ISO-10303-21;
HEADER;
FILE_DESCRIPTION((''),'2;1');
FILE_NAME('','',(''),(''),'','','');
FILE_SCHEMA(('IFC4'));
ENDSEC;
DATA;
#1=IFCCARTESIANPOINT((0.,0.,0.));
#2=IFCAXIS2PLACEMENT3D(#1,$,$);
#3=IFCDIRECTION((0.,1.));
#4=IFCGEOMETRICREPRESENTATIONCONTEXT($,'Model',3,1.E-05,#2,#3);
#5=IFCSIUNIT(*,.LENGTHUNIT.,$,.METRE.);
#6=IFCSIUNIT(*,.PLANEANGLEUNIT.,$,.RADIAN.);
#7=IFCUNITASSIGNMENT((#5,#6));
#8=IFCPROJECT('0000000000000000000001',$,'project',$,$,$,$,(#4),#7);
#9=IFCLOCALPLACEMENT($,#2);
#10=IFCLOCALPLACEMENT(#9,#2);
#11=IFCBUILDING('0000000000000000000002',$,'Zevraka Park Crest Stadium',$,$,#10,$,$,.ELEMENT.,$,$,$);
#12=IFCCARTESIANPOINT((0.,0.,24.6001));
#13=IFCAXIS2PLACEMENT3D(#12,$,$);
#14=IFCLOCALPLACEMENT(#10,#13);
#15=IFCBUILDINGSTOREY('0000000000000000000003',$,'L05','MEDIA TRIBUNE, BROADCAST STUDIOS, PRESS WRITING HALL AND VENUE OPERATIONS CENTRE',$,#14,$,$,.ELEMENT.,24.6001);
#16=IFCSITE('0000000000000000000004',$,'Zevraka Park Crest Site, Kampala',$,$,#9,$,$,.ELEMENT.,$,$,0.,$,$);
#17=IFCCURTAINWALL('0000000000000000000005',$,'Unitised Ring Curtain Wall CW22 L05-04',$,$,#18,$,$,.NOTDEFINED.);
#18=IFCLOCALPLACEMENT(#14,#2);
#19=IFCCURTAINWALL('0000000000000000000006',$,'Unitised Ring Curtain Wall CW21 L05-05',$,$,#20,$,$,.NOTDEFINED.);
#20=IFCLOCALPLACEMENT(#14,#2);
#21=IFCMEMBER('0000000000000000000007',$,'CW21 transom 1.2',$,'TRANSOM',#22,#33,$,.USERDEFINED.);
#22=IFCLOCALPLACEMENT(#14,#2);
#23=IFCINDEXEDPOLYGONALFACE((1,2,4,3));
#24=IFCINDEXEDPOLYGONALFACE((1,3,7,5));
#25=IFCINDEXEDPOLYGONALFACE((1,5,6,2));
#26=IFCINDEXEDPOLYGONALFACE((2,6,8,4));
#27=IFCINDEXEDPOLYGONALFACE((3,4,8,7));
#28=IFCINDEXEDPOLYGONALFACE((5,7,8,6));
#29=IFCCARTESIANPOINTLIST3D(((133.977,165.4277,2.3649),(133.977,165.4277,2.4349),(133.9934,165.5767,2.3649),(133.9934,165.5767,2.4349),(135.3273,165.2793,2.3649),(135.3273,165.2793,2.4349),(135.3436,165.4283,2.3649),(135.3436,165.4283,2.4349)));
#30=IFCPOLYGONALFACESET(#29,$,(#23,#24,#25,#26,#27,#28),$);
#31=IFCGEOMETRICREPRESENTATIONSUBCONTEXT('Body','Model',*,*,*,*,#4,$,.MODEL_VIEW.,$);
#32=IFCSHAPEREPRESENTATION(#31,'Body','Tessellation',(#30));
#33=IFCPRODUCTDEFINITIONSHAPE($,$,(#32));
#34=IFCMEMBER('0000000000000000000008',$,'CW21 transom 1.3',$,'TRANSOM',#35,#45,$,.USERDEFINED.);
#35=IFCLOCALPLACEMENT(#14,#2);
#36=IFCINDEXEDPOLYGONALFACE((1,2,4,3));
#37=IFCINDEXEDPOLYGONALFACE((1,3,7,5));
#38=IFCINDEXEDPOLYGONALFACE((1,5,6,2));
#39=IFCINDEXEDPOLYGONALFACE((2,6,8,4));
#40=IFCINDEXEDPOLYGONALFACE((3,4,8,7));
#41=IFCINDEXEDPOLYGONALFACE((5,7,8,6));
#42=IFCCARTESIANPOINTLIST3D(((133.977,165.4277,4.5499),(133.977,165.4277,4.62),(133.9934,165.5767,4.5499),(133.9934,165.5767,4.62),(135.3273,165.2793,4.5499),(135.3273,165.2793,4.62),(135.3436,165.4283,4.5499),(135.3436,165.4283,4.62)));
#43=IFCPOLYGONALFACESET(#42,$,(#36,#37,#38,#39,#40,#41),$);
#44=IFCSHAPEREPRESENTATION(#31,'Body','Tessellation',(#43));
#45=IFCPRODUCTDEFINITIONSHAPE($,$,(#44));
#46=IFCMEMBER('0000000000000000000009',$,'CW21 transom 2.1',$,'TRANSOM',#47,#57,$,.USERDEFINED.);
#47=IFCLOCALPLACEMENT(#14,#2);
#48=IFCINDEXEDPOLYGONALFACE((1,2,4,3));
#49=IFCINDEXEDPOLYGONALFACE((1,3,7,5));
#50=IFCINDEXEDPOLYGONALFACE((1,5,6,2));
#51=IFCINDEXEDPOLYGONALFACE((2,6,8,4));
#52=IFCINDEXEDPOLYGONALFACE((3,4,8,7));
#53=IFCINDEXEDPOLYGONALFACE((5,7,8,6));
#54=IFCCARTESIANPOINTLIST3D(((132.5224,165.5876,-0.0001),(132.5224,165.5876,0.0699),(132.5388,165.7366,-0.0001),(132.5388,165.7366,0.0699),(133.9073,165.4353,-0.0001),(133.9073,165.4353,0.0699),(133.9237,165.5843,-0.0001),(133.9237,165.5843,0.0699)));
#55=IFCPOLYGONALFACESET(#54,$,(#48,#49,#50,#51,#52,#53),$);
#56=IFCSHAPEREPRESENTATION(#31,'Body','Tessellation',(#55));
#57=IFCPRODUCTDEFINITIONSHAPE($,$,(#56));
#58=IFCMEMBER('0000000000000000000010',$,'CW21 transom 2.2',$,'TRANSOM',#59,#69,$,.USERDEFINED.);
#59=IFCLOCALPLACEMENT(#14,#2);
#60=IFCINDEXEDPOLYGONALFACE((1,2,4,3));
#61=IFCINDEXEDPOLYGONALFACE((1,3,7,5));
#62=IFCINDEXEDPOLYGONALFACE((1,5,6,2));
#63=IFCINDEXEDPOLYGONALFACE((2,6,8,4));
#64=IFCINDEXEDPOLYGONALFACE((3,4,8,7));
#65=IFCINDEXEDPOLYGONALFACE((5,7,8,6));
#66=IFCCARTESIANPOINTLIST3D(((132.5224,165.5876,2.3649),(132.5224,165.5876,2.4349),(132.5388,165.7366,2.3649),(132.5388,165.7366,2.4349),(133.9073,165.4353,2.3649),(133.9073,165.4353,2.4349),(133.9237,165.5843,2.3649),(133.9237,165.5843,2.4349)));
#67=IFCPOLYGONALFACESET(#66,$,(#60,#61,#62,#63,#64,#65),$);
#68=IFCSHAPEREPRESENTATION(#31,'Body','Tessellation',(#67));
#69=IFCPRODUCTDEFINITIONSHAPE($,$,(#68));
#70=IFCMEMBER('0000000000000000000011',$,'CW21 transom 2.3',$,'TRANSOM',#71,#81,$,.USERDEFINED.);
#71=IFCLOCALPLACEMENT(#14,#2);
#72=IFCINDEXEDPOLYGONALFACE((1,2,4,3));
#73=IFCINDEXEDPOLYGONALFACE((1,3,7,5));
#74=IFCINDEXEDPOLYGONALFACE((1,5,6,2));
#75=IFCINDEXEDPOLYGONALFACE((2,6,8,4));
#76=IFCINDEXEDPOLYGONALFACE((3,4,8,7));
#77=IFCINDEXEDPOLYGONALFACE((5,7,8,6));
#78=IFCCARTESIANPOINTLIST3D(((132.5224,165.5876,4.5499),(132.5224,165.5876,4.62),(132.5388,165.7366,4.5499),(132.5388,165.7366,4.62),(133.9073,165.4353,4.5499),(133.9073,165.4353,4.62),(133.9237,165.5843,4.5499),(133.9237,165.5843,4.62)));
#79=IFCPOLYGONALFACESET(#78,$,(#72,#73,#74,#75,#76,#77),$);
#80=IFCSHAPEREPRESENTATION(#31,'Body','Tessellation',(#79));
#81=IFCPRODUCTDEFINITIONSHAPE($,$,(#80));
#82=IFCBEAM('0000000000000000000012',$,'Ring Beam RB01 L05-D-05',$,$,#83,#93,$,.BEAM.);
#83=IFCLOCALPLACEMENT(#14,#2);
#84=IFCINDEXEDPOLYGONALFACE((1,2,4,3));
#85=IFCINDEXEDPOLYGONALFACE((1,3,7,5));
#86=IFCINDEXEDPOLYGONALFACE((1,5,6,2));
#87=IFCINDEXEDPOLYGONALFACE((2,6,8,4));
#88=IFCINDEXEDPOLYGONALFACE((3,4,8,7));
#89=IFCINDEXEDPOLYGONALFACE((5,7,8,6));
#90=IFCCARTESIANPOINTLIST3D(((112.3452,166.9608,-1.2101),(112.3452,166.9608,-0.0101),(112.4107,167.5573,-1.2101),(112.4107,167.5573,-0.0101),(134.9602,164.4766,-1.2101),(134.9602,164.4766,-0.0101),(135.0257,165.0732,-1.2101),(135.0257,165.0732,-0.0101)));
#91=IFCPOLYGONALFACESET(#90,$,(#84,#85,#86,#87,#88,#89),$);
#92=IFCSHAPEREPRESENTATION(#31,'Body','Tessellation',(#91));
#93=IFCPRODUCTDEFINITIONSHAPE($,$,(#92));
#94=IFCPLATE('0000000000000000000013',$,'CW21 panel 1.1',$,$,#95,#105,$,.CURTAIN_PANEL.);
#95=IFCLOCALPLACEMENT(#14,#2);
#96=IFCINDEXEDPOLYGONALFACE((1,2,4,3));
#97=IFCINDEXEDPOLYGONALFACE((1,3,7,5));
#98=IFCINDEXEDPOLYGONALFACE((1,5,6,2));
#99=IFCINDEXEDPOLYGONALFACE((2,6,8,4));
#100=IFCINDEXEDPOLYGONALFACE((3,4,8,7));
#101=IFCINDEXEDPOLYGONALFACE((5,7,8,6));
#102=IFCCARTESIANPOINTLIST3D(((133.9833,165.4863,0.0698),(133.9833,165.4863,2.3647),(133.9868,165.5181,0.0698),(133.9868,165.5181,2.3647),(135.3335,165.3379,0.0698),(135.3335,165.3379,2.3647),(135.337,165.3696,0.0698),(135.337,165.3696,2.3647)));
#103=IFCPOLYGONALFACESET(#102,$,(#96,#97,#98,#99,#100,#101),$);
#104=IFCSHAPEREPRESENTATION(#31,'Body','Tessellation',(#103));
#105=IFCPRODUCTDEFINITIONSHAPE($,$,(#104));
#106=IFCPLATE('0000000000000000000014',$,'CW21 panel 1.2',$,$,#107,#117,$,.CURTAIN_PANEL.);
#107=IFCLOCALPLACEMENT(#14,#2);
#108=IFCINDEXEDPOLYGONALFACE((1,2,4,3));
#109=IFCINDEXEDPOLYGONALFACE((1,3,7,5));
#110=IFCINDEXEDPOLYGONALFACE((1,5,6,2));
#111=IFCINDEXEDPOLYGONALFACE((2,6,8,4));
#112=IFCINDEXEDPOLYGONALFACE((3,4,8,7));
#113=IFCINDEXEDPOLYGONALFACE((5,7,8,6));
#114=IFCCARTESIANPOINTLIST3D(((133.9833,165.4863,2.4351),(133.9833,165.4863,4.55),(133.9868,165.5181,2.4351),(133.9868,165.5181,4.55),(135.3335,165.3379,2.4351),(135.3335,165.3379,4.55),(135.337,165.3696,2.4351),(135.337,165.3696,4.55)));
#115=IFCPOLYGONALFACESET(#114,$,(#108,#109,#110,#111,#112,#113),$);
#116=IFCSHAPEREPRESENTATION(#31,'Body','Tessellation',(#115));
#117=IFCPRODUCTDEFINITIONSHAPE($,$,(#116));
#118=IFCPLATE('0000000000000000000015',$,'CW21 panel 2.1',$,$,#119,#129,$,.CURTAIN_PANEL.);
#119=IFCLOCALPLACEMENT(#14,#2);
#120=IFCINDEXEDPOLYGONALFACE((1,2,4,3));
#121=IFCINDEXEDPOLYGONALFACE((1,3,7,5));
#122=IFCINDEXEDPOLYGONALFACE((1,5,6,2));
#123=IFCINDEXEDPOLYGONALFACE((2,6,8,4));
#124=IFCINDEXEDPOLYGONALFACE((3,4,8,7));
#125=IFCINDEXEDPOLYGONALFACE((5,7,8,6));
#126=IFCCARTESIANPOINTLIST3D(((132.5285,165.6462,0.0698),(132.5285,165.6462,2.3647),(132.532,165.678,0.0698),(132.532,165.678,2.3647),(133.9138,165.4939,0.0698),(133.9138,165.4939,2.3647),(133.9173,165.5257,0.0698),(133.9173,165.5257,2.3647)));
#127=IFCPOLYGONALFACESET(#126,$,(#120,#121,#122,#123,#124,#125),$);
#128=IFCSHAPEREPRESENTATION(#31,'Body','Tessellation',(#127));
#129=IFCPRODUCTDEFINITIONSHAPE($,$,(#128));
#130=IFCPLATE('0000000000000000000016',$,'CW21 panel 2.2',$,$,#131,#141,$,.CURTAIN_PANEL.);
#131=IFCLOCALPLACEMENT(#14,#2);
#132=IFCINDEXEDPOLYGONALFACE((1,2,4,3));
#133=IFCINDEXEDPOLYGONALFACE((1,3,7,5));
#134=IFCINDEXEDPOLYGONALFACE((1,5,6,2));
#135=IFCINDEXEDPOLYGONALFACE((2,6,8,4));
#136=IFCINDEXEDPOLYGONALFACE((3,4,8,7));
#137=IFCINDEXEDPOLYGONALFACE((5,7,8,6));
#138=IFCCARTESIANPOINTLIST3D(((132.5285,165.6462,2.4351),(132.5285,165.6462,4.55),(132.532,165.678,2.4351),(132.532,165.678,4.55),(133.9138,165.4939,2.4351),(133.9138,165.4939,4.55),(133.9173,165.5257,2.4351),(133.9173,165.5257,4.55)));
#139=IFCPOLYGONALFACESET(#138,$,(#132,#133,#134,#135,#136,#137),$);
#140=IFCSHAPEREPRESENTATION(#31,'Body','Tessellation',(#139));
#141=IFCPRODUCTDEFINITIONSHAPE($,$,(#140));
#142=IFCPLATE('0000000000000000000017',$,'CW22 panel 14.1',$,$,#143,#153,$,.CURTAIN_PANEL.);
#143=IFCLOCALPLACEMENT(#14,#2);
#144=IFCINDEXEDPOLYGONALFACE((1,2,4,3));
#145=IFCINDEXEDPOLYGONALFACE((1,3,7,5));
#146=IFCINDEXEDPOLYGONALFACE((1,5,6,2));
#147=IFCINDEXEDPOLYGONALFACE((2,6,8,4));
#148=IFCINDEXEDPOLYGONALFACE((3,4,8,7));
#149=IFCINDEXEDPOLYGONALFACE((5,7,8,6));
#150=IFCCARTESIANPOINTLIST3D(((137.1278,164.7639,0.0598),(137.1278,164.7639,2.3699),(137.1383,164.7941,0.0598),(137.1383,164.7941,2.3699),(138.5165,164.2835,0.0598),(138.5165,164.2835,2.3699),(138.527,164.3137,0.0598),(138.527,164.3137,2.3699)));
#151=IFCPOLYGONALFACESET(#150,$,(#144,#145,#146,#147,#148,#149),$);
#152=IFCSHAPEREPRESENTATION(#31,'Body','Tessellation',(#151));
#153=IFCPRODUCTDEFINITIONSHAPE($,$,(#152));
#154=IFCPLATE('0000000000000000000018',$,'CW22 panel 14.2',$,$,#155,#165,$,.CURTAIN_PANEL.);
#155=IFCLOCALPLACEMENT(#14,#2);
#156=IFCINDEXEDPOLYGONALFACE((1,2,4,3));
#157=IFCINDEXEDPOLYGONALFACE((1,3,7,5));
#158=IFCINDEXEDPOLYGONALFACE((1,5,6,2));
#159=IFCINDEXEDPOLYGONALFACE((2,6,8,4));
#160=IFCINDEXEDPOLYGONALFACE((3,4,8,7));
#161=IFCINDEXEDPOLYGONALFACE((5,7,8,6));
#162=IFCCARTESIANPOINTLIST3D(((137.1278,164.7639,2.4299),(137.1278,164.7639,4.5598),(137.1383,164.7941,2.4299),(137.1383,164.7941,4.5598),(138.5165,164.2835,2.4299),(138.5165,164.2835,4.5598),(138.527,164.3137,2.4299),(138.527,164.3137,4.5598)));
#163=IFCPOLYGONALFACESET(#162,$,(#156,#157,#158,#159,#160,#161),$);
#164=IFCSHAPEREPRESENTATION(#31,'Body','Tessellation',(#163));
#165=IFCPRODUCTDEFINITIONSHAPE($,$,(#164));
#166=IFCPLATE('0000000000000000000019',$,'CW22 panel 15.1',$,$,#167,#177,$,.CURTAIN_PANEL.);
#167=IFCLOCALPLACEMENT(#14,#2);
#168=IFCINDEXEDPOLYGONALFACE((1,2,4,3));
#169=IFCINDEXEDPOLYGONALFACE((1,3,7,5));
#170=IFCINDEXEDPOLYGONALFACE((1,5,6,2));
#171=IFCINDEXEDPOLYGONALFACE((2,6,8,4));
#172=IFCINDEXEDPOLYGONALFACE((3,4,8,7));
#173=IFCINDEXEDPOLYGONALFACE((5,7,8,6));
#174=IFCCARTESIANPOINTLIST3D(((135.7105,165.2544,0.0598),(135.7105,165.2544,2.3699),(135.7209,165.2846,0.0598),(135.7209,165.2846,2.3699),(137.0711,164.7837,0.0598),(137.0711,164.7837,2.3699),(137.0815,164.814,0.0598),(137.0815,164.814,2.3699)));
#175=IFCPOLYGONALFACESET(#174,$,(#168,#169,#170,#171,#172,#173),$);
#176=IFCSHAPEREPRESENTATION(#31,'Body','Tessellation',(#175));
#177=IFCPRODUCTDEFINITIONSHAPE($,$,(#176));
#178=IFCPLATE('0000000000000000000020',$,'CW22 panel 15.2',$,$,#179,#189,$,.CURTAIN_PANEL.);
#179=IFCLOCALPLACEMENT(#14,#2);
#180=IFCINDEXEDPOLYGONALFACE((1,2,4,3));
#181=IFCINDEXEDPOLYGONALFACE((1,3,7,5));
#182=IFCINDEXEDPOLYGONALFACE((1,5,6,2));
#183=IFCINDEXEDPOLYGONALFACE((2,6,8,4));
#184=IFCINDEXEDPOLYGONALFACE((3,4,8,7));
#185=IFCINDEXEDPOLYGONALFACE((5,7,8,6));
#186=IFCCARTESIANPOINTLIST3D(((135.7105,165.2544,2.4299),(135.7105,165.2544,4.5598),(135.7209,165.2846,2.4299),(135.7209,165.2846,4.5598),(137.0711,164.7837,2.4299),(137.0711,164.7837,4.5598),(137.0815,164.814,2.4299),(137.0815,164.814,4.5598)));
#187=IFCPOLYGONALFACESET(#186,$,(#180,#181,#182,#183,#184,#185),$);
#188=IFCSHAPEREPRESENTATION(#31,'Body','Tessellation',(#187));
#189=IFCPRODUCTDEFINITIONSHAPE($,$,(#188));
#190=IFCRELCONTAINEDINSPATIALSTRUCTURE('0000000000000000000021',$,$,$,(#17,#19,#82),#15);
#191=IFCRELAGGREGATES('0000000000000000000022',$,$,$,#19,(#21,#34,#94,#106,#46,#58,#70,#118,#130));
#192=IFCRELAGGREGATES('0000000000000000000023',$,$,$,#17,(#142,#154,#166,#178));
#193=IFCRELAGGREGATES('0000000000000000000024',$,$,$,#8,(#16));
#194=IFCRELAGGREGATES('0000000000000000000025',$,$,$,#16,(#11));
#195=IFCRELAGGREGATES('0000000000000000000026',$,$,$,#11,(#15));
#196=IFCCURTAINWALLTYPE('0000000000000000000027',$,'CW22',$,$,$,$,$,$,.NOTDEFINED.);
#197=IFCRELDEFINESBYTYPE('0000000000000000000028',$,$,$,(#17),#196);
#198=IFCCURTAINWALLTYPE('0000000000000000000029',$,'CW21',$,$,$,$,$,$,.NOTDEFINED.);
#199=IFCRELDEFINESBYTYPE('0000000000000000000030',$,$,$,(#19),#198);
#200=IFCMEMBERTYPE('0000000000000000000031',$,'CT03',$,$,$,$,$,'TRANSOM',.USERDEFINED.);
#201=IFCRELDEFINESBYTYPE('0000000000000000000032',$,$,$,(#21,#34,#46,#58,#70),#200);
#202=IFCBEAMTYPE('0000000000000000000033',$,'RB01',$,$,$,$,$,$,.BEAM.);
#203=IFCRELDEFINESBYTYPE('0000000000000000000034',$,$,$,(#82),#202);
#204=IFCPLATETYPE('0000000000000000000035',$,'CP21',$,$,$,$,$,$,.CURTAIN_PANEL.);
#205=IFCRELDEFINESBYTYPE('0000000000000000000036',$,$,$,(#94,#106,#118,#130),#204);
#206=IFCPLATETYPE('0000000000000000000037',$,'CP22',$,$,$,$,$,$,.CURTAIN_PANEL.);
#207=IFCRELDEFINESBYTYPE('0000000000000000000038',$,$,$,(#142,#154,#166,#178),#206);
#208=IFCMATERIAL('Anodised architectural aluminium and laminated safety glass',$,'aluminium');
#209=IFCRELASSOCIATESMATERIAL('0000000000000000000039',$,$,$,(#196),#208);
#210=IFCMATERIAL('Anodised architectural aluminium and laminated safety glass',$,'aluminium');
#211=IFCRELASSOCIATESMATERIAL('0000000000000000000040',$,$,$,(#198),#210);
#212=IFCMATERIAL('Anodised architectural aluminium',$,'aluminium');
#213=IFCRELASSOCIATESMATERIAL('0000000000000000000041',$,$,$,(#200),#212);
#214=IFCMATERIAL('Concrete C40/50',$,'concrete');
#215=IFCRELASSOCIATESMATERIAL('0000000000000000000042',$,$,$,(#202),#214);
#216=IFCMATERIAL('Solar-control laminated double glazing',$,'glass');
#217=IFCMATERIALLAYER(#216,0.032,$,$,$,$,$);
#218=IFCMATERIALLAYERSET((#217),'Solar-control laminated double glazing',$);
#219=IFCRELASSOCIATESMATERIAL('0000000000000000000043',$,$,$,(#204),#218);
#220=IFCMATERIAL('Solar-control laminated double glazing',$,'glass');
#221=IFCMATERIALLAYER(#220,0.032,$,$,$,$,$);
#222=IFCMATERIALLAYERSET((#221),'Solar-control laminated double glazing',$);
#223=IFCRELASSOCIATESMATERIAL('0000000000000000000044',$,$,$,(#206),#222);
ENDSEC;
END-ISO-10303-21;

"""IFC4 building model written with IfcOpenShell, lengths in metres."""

from ifc_helpers import new_model, si_unit, direction, frame, origin, origin_2d, place, context, subcontext, project, spatial, rectangle, extrude, material, layer, layer_set, material_profile, profile_set, type_object, element, aggregate, save


model = new_model("IFC4")

# Units and contexts
model_context = context("Model", 3, precision=1e-05, world=origin(), true_north=direction((0.0, 1.0)))
body_context = subcontext(model_context, "Body", "Model", "MODEL_VIEW")
ifc_project = project(units=[si_unit("LENGTHUNIT", "METRE"), si_unit("PLANEANGLEUNIT", "RADIAN")], contexts=[model_context])

# Site, building, storey
site_placement = place(None, origin())
site = spatial("IfcSite", under=ifc_project, at=site_placement, Name="Zevraka Park Crest Site, Kampala", CompositionType="ELEMENT", RefElevation=0.0)
building_placement = place(site_placement, origin())
building = spatial("IfcBuilding", under=site, at=building_placement, Name="Zevraka Park Crest Stadium", CompositionType="ELEMENT")
storey_placement = place(building_placement, frame((0.0, 0.0, 24.6001)))
storey = spatial("IfcBuildingStorey", under=building, at=storey_placement, Name="L05", Description="MEDIA TRIBUNE, BROADCAST STUDIOS, PRESS WRITING HALL AND VENUE OPERATIONS CENTRE", CompositionType="ELEMENT", Elevation=24.6001)

# Curtain walls
ifc_material_1 = material(Name="Anodised architectural aluminium and laminated safety glass", Category="aluminium")
curtain_wall_type_1 = type_object("IfcCurtainWallType", Name="CW22", PredefinedType="NOTDEFINED", material=ifc_material_1)
curtain_wall_1_placement = place(storey_placement, origin())
curtain_wall_1 = element("IfcCurtainWall", 1, at=curtain_wall_1_placement, inside=storey, type_object=curtain_wall_type_1, Name="Unitised Ring Curtain Wall CW22 L05-04", PredefinedType="NOTDEFINED")
ifc_material_2 = material(Name="Anodised architectural aluminium and laminated safety glass", Category="aluminium")
curtain_wall_type_2 = type_object("IfcCurtainWallType", Name="CW21", PredefinedType="NOTDEFINED", material=ifc_material_2)
curtain_wall_2_placement = place(storey_placement, origin())
curtain_wall_2 = element("IfcCurtainWall", 2, at=curtain_wall_2_placement, inside=storey, type_object=curtain_wall_type_2, Name="Unitised Ring Curtain Wall CW21 L05-05", PredefinedType="NOTDEFINED")

# Members
ifc_material_3 = material(Name="Anodised architectural aluminium", Category="aluminium")
ifc_material_profile_1 = material_profile(ifc_material_3, rectangle(XDim=0.1499, YDim=0.0701, at=origin_2d()), Name="ALU TRANSOM 150x70")
ifc_profile_set_1 = profile_set([ifc_material_profile_1], Name="Anodised architectural aluminium")
member_type_1 = type_object("IfcMemberType", Name="CT03", ElementType="TRANSOM", PredefinedType="USERDEFINED", material=ifc_profile_set_1)
member_1_placement = place(storey_placement, frame((135.3354, 165.3538, 2.3999), z_axis=(-0.994012, 0.109268, 0.0), x_axis=(-0.109268, -0.994012, 0.0)))
member_1 = element("IfcMember", 3, at=member_1_placement, type_object=member_type_1, Name="CW21 transom 1.2", ObjectType="TRANSOM", PredefinedType="USERDEFINED", context=body_context, shape_type="SweptSolid", body=[
    extrude(rectangle(XDim=0.1499, YDim=0.0701, at=origin_2d()), origin(), (0.0, 0.0, 1.0), 1.3584),
])
member_2_placement = place(storey_placement, frame((135.3354, 165.3538, 4.585), z_axis=(-0.994012, 0.109268, 0.0), x_axis=(-0.109268, -0.994012, 0.0)))
member_2 = element("IfcMember", 4, at=member_2_placement, type_object=member_type_1, Name="CW21 transom 1.3", ObjectType="TRANSOM", PredefinedType="USERDEFINED", context=body_context, shape_type="SweptSolid", body=[
    extrude(rectangle(XDim=0.1499, YDim=0.0701, at=origin_2d()), origin(), (0.0, 0.0, 1.0), 1.3584),
])
member_3_placement = place(storey_placement, frame((133.9155, 165.5098, 0.0349), z_axis=(-0.994005, 0.109335, 0.0), x_axis=(-0.109335, -0.994005, 0.0)))
member_3 = element("IfcMember", 5, at=member_3_placement, type_object=member_type_1, Name="CW21 transom 2.1", ObjectType="TRANSOM", PredefinedType="USERDEFINED", context=body_context, shape_type="SweptSolid", body=[
    extrude(rectangle(XDim=0.1499, YDim=0.0701, at=origin_2d()), origin(), (0.0, 0.0, 1.0), 1.3933),
])
member_4_placement = place(storey_placement, frame((133.9155, 165.5098, 2.3999), z_axis=(-0.994005, 0.109335, 0.0), x_axis=(-0.109335, -0.994005, 0.0)))
member_4 = element("IfcMember", 6, at=member_4_placement, type_object=member_type_1, Name="CW21 transom 2.2", ObjectType="TRANSOM", PredefinedType="USERDEFINED", context=body_context, shape_type="SweptSolid", body=[
    extrude(rectangle(XDim=0.1499, YDim=0.0701, at=origin_2d()), origin(), (0.0, 0.0, 1.0), 1.3933),
])
member_5_placement = place(storey_placement, frame((133.9155, 165.5098, 4.585), z_axis=(-0.994005, 0.109335, 0.0), x_axis=(-0.109335, -0.994005, 0.0)))
member_5 = element("IfcMember", 7, at=member_5_placement, type_object=member_type_1, Name="CW21 transom 2.3", ObjectType="TRANSOM", PredefinedType="USERDEFINED", context=body_context, shape_type="SweptSolid", body=[
    extrude(rectangle(XDim=0.1499, YDim=0.0701, at=origin_2d()), origin(), (0.0, 0.0, 1.0), 1.3933),
])

# Beam
ifc_material_4 = material(Name="Concrete C40/50", Category="concrete")
ifc_material_profile_2 = material_profile(ifc_material_4, rectangle(XDim=0.6001, YDim=1.2, at=origin_2d()), Name="RC 1200x600")
ifc_profile_set_2 = profile_set([ifc_material_profile_2], Name="Concrete C40/50")
beam_type = type_object("IfcBeamType", Name="RB01", PredefinedType="BEAM", material=ifc_profile_set_2)
beam_placement = place(storey_placement, frame((134.9929, 164.7749, -0.6101), z_axis=(-0.994021, 0.109188, 0.0), x_axis=(-0.109188, -0.994021, 0.0)))
element("IfcBeam", 8, at=beam_placement, inside=storey, type_object=beam_type, Name="Ring Beam RB01 L05-D-05", PredefinedType="BEAM", context=body_context, shape_type="SweptSolid", body=[
    extrude(rectangle(XDim=0.6001, YDim=1.2, at=origin_2d()), origin(), (0.0, 0.0, 1.0), 22.751),
])

# Plates
ifc_material_5 = material(Name="Solar-control laminated double glazing", Category="glass")
ifc_layer_1 = layer(ifc_material_5, 0.032)
ifc_layer_set_1 = layer_set([ifc_layer_1], Name="Solar-control laminated double glazing")
plate_type_1 = type_object("IfcPlateType", Name="CP21", PredefinedType="CURTAIN_PANEL", material=ifc_layer_set_1)
plate_1_placement = place(storey_placement, frame((134.6602, 165.428, 0.0698), z_axis=(0.0, 0.0, 1.0), x_axis=(-0.99401, 0.109288, 0.0)))
plate_1 = element("IfcPlate", 9, at=plate_1_placement, type_object=plate_type_1, Name="CW21 panel 1.1", PredefinedType="CURTAIN_PANEL", context=body_context, shape_type="SweptSolid", body=[
    extrude(rectangle(XDim=1.3584, YDim=0.032, at=origin_2d()), origin(), (0.0, 0.0, 1.0), 2.2949),
])
plate_2_placement = place(storey_placement, frame((134.6602, 165.428, 2.4351), z_axis=(0.0, 0.0, 1.0), x_axis=(-0.99401, 0.109288, 0.0)))
plate_2 = element("IfcPlate", 10, at=plate_2_placement, type_object=plate_type_1, Name="CW21 panel 1.2", PredefinedType="CURTAIN_PANEL", context=body_context, shape_type="SweptSolid", body=[
    extrude(rectangle(XDim=1.3584, YDim=0.032, at=origin_2d()), origin(), (0.0, 0.0, 1.0), 2.115),
])
plate_3_placement = place(storey_placement, frame((133.2229, 165.5859, 0.0698), z_axis=(0.0, 0.0, 1.0), x_axis=(-0.99401, 0.109288, 0.0)))
plate_3 = element("IfcPlate", 11, at=plate_3_placement, type_object=plate_type_1, Name="CW21 panel 2.1", PredefinedType="CURTAIN_PANEL", context=body_context, shape_type="SweptSolid", body=[
    extrude(rectangle(XDim=1.3936, YDim=0.032, at=origin_2d()), origin(), (0.0, 0.0, 1.0), 2.2949),
])
plate_4_placement = place(storey_placement, frame((133.2229, 165.5859, 2.4351), z_axis=(0.0, 0.0, 1.0), x_axis=(-0.99401, 0.109288, 0.0)))
plate_4 = element("IfcPlate", 12, at=plate_4_placement, type_object=plate_type_1, Name="CW21 panel 2.2", PredefinedType="CURTAIN_PANEL", context=body_context, shape_type="SweptSolid", body=[
    extrude(rectangle(XDim=1.3936, YDim=0.032, at=origin_2d()), origin(), (0.0, 0.0, 1.0), 2.115),
])
aggregate(curtain_wall_2, [member_1, member_2, plate_1, plate_2, member_3, member_4, member_5, plate_3, plate_4])
ifc_material_6 = material(Name="Solar-control laminated double glazing", Category="glass")
ifc_layer_2 = layer(ifc_material_6, 0.032)
ifc_layer_set_2 = layer_set([ifc_layer_2], Name="Solar-control laminated double glazing")
plate_type_2 = type_object("IfcPlateType", Name="CP22", PredefinedType="CURTAIN_PANEL", material=ifc_layer_set_2)
plate_5_placement = place(storey_placement, frame((137.8274, 164.5388, 0.0598), z_axis=(0.0, 0.0, 1.0), x_axis=(-0.945049, 0.326929, 0.0)))
plate_5 = element("IfcPlate", 13, at=plate_5_placement, type_object=plate_type_2, Name="CW22 panel 14.1", PredefinedType="CURTAIN_PANEL", context=body_context, shape_type="SweptSolid", body=[
    extrude(rectangle(XDim=1.4695, YDim=0.032, at=origin_2d()), origin(), (0.0, 0.0, 1.0), 2.3101),
])
plate_6_placement = place(storey_placement, frame((137.8274, 164.5388, 2.4299), z_axis=(0.0, 0.0, 1.0), x_axis=(-0.945049, 0.326929, 0.0)))
plate_6 = element("IfcPlate", 14, at=plate_6_placement, type_object=plate_type_2, Name="CW22 panel 14.2", PredefinedType="CURTAIN_PANEL", context=body_context, shape_type="SweptSolid", body=[
    extrude(rectangle(XDim=1.4695, YDim=0.032, at=origin_2d()), origin(), (0.0, 0.0, 1.0), 2.1299),
])
plate_7_placement = place(storey_placement, frame((136.396, 165.0342, 0.0598), z_axis=(0.0, 0.0, 1.0), x_axis=(-0.945049, 0.326929, 0.0)))
plate_7 = element("IfcPlate", 15, at=plate_7_placement, type_object=plate_type_2, Name="CW22 panel 15.1", PredefinedType="CURTAIN_PANEL", context=body_context, shape_type="SweptSolid", body=[
    extrude(rectangle(XDim=1.4397, YDim=0.032, at=origin_2d()), origin(), (0.0, 0.0, 1.0), 2.3101),
])
plate_8_placement = place(storey_placement, frame((136.396, 165.0342, 2.4299), z_axis=(0.0, 0.0, 1.0), x_axis=(-0.945049, 0.326929, 0.0)))
plate_8 = element("IfcPlate", 16, at=plate_8_placement, type_object=plate_type_2, Name="CW22 panel 15.2", PredefinedType="CURTAIN_PANEL", context=body_context, shape_type="SweptSolid", body=[
    extrude(rectangle(XDim=1.4397, YDim=0.032, at=origin_2d()), origin(), (0.0, 0.0, 1.0), 2.1299),
])
aggregate(curtain_wall_1, [plate_5, plate_6, plate_7, plate_8])

save(model, "model.ifc")
